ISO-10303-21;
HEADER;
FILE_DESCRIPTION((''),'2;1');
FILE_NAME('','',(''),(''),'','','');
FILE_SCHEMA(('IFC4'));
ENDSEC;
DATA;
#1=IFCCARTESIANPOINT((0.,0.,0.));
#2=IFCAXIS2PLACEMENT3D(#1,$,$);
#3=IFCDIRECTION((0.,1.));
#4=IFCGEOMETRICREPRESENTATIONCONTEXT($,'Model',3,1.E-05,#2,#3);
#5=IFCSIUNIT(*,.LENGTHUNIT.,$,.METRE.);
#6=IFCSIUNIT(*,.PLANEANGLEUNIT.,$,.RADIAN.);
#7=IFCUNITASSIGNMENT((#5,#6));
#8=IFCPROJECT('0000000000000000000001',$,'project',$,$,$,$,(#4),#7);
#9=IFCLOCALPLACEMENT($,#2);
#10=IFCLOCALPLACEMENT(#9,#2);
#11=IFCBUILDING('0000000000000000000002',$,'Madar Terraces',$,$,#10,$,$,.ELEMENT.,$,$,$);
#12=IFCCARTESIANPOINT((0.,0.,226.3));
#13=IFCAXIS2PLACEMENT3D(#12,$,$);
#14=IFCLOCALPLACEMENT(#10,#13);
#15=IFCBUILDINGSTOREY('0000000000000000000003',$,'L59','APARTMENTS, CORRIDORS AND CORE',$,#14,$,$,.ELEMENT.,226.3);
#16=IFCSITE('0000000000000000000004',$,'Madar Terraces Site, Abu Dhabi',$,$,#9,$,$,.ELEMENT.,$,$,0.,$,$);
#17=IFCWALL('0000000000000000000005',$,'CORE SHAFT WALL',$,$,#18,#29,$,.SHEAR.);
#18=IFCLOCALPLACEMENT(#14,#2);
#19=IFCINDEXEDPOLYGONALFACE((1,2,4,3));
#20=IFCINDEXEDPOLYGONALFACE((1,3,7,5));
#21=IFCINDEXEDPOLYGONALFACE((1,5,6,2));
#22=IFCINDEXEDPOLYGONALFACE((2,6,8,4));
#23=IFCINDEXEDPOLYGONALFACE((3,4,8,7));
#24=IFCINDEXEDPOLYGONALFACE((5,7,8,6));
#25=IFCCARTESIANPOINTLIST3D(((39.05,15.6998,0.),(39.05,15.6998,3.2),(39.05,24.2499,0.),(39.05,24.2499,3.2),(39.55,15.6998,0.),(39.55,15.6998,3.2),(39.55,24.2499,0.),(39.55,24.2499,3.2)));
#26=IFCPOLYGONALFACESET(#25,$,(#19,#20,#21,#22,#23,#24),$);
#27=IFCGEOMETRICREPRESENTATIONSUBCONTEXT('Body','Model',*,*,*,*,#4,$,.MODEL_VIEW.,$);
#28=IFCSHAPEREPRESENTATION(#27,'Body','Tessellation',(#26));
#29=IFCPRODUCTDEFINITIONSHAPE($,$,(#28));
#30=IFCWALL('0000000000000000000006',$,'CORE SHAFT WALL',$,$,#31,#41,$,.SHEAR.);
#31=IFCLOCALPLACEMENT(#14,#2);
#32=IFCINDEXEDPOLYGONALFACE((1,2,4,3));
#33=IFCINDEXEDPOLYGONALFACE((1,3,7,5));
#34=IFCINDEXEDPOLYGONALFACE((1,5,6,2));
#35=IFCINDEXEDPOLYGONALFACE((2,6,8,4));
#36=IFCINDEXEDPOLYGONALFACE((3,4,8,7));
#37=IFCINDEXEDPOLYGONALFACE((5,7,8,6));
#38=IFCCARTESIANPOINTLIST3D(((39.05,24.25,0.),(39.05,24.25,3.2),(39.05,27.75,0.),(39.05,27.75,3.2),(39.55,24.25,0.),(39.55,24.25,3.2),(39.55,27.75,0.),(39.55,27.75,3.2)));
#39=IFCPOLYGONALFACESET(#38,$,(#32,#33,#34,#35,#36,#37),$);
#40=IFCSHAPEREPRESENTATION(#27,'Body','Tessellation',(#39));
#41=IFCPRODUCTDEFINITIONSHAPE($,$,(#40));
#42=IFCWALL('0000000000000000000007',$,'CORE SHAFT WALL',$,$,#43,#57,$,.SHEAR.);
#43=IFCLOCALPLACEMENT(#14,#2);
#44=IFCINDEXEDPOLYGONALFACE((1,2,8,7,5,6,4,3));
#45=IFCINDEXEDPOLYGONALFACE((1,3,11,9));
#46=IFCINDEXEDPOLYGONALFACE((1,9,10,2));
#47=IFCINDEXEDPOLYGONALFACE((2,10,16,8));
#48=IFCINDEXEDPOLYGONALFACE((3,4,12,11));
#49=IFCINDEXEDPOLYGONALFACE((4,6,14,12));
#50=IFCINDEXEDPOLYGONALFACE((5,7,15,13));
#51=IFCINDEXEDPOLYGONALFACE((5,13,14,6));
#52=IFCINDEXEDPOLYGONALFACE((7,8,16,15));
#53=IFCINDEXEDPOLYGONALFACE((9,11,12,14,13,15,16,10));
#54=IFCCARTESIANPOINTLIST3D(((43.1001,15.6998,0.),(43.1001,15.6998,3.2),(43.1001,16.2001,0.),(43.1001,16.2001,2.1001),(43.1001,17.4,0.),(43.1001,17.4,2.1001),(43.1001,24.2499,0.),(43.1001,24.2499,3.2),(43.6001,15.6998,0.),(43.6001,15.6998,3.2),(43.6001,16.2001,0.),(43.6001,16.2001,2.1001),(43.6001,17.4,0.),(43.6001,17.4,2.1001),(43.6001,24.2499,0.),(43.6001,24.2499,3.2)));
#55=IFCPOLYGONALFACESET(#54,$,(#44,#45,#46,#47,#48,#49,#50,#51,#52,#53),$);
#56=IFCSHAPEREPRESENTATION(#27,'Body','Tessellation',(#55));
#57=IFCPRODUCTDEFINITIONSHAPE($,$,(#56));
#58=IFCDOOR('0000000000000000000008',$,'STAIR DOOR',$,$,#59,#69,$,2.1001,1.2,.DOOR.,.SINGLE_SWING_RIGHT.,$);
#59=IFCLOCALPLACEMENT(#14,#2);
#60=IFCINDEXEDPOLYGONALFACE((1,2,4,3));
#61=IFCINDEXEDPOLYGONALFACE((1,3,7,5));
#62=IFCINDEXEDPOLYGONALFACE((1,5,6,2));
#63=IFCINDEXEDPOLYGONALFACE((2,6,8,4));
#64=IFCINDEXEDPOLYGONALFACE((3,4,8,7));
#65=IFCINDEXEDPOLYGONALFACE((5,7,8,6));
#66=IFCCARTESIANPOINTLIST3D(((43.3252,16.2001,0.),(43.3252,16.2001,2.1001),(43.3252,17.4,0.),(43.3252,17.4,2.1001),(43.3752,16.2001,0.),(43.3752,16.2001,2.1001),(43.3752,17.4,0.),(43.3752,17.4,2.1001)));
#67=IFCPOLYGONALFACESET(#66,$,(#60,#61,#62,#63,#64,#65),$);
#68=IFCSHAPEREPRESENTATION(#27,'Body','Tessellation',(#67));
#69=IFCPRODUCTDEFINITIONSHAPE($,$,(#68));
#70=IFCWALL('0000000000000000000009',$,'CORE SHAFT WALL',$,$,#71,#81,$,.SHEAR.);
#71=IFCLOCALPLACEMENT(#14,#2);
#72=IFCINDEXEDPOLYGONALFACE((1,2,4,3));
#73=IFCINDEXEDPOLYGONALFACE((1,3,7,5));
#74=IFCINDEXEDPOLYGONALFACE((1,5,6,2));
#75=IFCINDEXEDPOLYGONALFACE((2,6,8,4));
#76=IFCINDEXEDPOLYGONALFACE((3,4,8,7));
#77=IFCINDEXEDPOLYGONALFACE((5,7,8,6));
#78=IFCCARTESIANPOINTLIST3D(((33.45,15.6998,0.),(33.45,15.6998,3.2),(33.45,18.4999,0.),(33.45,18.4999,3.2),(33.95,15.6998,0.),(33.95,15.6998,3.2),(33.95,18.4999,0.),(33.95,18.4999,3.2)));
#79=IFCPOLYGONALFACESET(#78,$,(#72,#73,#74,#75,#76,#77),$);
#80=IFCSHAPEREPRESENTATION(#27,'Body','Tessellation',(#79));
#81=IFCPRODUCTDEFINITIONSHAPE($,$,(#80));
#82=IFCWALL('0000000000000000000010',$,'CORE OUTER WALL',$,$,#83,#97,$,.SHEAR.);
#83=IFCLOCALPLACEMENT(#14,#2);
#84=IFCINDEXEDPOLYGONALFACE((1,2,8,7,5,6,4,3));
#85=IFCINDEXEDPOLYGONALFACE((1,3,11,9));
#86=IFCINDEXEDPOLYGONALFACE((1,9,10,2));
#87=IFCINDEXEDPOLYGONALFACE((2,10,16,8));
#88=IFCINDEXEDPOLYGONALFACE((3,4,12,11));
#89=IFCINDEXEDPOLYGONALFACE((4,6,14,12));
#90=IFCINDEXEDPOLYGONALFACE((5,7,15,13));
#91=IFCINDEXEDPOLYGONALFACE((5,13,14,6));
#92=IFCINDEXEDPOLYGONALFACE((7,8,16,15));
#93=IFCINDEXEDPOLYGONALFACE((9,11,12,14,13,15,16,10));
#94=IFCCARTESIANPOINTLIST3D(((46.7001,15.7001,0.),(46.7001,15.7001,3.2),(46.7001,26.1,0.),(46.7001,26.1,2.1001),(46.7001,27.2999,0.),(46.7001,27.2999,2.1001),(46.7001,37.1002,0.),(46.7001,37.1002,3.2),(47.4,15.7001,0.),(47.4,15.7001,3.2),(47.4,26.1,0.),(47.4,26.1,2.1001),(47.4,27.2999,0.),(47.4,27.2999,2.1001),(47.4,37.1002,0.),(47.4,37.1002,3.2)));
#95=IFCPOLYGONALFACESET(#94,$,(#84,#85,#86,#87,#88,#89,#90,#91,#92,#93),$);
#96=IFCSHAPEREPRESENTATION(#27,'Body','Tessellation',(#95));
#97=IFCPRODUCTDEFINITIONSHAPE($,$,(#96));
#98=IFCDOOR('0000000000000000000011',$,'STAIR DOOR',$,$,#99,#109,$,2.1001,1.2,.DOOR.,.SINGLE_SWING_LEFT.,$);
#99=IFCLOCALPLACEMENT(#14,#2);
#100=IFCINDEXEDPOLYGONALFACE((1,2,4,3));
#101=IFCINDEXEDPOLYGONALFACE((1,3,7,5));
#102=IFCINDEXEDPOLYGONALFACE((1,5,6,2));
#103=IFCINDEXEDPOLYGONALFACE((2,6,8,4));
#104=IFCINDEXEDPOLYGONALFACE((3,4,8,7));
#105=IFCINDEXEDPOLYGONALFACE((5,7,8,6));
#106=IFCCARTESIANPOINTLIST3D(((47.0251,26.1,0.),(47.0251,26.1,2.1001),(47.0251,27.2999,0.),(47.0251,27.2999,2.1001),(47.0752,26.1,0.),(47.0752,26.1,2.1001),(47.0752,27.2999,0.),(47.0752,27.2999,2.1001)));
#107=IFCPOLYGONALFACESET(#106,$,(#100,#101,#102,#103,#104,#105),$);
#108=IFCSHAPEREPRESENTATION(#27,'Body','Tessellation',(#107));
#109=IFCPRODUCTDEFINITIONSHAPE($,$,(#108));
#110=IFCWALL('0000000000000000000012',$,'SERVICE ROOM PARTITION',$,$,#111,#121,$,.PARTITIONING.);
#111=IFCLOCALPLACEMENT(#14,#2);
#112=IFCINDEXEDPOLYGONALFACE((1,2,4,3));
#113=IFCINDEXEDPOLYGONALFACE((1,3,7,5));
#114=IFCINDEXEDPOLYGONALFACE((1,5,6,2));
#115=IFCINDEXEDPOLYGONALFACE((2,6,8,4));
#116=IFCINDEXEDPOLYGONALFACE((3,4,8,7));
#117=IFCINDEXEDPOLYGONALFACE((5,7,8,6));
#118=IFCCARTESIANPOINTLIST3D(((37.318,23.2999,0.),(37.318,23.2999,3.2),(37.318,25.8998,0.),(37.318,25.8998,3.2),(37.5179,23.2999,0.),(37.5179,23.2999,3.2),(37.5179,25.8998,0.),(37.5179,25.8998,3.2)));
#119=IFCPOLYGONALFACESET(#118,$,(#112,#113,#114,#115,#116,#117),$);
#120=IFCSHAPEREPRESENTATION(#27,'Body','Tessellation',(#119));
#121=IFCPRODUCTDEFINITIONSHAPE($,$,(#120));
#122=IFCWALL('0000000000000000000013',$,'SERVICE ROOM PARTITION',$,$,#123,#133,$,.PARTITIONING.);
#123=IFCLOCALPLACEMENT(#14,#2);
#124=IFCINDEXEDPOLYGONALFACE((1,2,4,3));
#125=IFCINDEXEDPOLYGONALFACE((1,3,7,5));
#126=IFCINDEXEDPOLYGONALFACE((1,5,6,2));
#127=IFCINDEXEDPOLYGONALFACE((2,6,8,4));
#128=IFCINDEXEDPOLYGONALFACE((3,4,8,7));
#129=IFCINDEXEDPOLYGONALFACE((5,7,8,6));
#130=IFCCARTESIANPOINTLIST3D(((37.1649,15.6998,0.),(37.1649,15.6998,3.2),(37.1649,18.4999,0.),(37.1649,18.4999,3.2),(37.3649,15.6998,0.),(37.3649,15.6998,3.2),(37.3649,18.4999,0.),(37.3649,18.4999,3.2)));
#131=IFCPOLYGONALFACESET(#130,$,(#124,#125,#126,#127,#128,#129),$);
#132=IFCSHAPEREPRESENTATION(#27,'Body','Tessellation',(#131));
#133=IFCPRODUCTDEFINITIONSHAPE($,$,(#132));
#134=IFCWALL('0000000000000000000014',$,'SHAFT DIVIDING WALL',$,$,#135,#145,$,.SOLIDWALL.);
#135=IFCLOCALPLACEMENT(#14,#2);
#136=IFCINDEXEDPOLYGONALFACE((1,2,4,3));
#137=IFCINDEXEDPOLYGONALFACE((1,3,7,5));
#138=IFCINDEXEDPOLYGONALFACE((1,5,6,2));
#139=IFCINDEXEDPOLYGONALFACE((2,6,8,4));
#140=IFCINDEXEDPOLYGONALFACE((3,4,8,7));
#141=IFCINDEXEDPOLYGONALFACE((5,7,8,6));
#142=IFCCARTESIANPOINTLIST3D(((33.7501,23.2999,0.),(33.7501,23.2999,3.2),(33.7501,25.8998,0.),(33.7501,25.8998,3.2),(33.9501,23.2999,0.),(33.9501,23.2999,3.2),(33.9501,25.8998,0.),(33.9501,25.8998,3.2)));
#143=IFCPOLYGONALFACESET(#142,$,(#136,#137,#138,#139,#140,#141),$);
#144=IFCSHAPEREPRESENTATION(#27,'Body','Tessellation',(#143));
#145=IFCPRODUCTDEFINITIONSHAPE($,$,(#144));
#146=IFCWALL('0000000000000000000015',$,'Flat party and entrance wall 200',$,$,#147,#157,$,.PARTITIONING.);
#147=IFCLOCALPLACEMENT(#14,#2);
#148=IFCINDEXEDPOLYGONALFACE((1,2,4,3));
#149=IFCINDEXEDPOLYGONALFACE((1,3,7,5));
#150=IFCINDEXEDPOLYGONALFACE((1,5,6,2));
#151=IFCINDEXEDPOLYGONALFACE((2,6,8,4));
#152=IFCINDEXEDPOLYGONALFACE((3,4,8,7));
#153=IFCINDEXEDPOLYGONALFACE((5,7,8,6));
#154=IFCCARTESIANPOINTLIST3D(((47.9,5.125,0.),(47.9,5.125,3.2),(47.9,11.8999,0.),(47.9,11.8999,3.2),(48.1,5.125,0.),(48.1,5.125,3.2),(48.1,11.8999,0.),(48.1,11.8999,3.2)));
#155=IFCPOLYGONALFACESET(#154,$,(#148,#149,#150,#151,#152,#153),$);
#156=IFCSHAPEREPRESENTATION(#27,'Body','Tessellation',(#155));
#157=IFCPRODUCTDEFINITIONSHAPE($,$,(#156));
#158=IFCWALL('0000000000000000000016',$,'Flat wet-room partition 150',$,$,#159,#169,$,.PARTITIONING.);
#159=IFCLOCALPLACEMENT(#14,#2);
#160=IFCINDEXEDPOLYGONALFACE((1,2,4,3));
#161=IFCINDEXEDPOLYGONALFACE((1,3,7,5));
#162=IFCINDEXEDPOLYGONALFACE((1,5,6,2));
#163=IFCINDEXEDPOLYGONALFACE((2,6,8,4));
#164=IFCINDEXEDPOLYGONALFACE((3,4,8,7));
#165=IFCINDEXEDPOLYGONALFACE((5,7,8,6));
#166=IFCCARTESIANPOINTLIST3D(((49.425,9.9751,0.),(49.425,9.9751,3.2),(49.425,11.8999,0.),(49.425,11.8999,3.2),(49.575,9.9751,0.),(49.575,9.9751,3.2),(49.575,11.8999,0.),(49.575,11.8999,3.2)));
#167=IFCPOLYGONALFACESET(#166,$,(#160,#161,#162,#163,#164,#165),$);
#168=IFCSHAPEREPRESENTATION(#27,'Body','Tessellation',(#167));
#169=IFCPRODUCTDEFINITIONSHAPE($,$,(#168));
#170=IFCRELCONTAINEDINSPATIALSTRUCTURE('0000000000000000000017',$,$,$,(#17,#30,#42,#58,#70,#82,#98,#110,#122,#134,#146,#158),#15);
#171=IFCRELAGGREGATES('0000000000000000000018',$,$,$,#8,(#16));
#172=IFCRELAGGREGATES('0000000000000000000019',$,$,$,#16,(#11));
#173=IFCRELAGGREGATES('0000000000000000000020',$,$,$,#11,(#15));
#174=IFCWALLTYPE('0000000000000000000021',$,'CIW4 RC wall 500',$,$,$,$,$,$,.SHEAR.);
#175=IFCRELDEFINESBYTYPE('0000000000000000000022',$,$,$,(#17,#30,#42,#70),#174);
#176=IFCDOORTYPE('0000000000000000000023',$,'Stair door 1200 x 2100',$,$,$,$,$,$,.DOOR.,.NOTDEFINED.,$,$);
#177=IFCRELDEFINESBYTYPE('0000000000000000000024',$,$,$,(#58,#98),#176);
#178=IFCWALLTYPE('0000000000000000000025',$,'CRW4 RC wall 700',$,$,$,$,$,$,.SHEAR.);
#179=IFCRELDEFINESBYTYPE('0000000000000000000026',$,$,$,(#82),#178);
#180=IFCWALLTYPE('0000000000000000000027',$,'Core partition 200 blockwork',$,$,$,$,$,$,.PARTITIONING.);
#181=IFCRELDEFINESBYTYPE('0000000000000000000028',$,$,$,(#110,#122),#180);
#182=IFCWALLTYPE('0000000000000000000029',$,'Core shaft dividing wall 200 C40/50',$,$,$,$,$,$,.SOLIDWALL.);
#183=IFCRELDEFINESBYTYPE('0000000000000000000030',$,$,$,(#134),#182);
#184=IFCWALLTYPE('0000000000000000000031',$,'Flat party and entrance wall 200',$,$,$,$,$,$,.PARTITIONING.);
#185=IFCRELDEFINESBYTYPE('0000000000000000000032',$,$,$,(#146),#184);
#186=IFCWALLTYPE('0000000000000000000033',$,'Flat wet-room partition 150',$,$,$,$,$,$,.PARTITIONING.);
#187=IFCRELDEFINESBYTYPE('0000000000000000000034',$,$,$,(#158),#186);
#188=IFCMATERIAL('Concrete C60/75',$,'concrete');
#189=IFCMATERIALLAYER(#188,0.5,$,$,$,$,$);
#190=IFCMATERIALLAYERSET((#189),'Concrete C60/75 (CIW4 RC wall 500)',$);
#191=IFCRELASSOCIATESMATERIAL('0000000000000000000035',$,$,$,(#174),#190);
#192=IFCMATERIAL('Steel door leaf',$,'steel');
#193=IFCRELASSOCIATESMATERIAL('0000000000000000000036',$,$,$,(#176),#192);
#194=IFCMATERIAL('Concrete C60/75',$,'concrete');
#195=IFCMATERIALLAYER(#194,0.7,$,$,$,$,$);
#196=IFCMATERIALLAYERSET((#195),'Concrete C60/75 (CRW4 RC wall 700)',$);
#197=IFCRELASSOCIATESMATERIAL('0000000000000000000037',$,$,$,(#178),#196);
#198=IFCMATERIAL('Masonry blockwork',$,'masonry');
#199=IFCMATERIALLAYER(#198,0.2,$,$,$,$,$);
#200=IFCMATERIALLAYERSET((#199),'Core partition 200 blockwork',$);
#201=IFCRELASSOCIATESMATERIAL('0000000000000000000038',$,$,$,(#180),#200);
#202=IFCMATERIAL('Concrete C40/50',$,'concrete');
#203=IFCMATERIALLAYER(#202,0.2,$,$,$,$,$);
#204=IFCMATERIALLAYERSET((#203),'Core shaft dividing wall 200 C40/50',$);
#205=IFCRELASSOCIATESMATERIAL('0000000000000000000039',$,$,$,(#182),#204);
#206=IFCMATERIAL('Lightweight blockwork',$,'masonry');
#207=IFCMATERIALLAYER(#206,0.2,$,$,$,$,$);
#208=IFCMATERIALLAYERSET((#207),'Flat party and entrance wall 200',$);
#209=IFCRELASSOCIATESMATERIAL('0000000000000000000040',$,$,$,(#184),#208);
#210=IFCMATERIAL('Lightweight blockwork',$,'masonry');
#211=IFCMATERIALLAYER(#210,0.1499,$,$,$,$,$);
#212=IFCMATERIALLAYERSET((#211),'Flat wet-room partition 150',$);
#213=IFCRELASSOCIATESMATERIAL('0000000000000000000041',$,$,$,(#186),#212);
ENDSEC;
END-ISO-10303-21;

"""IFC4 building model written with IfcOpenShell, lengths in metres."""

from ifc_helpers import new_model, si_unit, direction, frame, frame_2d, origin, place, context, subcontext, project, spatial, rectangle, extrude, material, layer, layer_set, type_object, element, fill, save


model = new_model("IFC4")

# Units and contexts
model_context = context("Model", 3, precision=1e-05, world=origin(), true_north=direction((0.0, 1.0)))
body_context = subcontext(model_context, "Body", "Model", "MODEL_VIEW")
ifc_project = project(units=[si_unit("LENGTHUNIT", "METRE"), si_unit("PLANEANGLEUNIT", "RADIAN")], contexts=[model_context])

# Site, building, storey
site_placement = place(None, origin())
site = spatial("IfcSite", under=ifc_project, at=site_placement, Name="Madar Terraces Site, Abu Dhabi", CompositionType="ELEMENT", RefElevation=0.0)
building_placement = place(site_placement, origin())
building = spatial("IfcBuilding", under=site, at=building_placement, Name="Madar Terraces", CompositionType="ELEMENT")
storey_placement = place(building_placement, frame((0.0, 0.0, 226.3)))
storey = spatial("IfcBuildingStorey", under=building, at=storey_placement, Name="L59", Description="APARTMENTS, CORRIDORS AND CORE", CompositionType="ELEMENT", Elevation=226.3)

# Walls
ifc_material_1 = material(Name="Concrete C60/75", Category="concrete")
ifc_layer_1 = layer(ifc_material_1, 0.5)
ifc_layer_set_1 = layer_set([ifc_layer_1], Name="Concrete C60/75 (CIW4 RC wall 500)")
wall_type_1 = type_object("IfcWallType", Name="CIW4 RC wall 500", PredefinedType="SHEAR", material=ifc_layer_set_1)
wall_1_placement = place(storey_placement, frame((39.3, 15.7, 0.0), z_axis=(0.0, 0.0, 1.0), x_axis=(0.0, 1.0, 0.0)))
element("IfcWall", 1, at=wall_1_placement, inside=storey, type_object=wall_type_1, Name="CORE SHAFT WALL", PredefinedType="SHEAR", context=body_context, shape_type="SweptSolid", body=[
    extrude(rectangle(XDim=8.55, YDim=0.5, at=frame_2d((4.2749, 0.0))), origin(), (0.0, 0.0, 1.0), 3.2),
])
wall_2_placement = place(storey_placement, frame((39.3, 24.25, 0.0), z_axis=(0.0, 0.0, 1.0), x_axis=(0.0, 1.0, 0.0)))
element("IfcWall", 2, at=wall_2_placement, inside=storey, type_object=wall_type_1, Name="CORE SHAFT WALL", PredefinedType="SHEAR", context=body_context, shape_type="SweptSolid", body=[
    extrude(rectangle(XDim=3.5, YDim=0.5, at=frame_2d((1.75, 0.0))), origin(), (0.0, 0.0, 1.0), 3.2),
])

# Wall, opening, door
wall_3_placement = place(storey_placement, frame((43.3501, 15.7, 0.0), z_axis=(0.0, 0.0, 1.0), x_axis=(0.0, 1.0, 0.0)))
wall_3 = element("IfcWall", 3, at=wall_3_placement, inside=storey, type_object=wall_type_1, Name="CORE SHAFT WALL", PredefinedType="SHEAR", context=body_context, shape_type="SweptSolid", body=[
    extrude(rectangle(XDim=8.55, YDim=0.5, at=frame_2d((4.2749, 0.0))), origin(), (0.0, 0.0, 1.0), 3.2),
])
opening_1_placement = place(wall_3_placement, frame((0.5, 0.0, 0.0)))
opening_1 = element("IfcOpeningElement", 4, at=opening_1_placement, cuts=wall_3, PredefinedType="OPENING", context=body_context, shape_type="SweptSolid", body=[
    extrude(rectangle(XDim=1.2, YDim=2.1001, at=frame_2d((0.6001, 1.05))), frame((0.0, 0.26, 0.0), z_axis=(0.0, -1.0, 0.0), x_axis=(1.0, 0.0, 0.0)), (0.0, 0.0, 1.0), 0.52),
])
ifc_material_2 = material(Name="Steel door leaf", Category="steel")
door_type = type_object("IfcDoorType", Name="Stair door 1200 x 2100", OperationType="NOTDEFINED", PredefinedType="DOOR", material=ifc_material_2)
door_1_placement = place(opening_1_placement, origin())
door_1 = element("IfcDoor", 5, at=door_1_placement, inside=storey, type_object=door_type, Name="STAIR DOOR", OperationType="SINGLE_SWING_RIGHT", OverallHeight=2.1001, OverallWidth=1.2, PredefinedType="DOOR", context=body_context, shape_type="SweptSolid", body=[
    extrude(rectangle(XDim=1.2, YDim=2.1001, at=frame_2d((0.6001, 1.05))), frame((0.0, 0.0249, 0.0), z_axis=(0.0, -1.0, 0.0), x_axis=(1.0, 0.0, 0.0)), (0.0, 0.0, 1.0), 0.05),
])
fill(opening_1, door_1)

# Wall
wall_4_placement = place(storey_placement, frame((33.7, 15.7, 0.0), z_axis=(0.0, 0.0, 1.0), x_axis=(0.0, 1.0, 0.0)))
element("IfcWall", 6, at=wall_4_placement, inside=storey, type_object=wall_type_1, Name="CORE SHAFT WALL", PredefinedType="SHEAR", context=body_context, shape_type="SweptSolid", body=[
    extrude(rectangle(XDim=2.8, YDim=0.5, at=frame_2d((1.3999, 0.0))), origin(), (0.0, 0.0, 1.0), 3.2),
])

# Wall, opening, door
ifc_material_3 = material(Name="Concrete C60/75", Category="concrete")
ifc_layer_2 = layer(ifc_material_3, 0.7)
ifc_layer_set_2 = layer_set([ifc_layer_2], Name="Concrete C60/75 (CRW4 RC wall 700)")
wall_type_2 = type_object("IfcWallType", Name="CRW4 RC wall 700", PredefinedType="SHEAR", material=ifc_layer_set_2)
wall_5_placement = place(storey_placement, frame((47.05, 15.7, 0.0), z_axis=(0.0, 0.0, 1.0), x_axis=(0.0, 1.0, 0.0)))
wall_5 = element("IfcWall", 7, at=wall_5_placement, inside=storey, type_object=wall_type_2, Name="CORE OUTER WALL", PredefinedType="SHEAR", context=body_context, shape_type="SweptSolid", body=[
    extrude(rectangle(XDim=21.4001, YDim=0.7, at=frame_2d((10.7002, 0.0))), origin(), (0.0, 0.0, 1.0), 3.2),
])
opening_2_placement = place(wall_5_placement, frame((10.3999, 0.0, 0.0)))
opening_2 = element("IfcOpeningElement", 8, at=opening_2_placement, cuts=wall_5, PredefinedType="OPENING", context=body_context, shape_type="SweptSolid", body=[
    extrude(rectangle(XDim=1.2, YDim=2.1001, at=frame_2d((0.6001, 1.05))), frame((0.0, 0.3599, 0.0), z_axis=(0.0, -1.0, 0.0), x_axis=(1.0, 0.0, 0.0)), (0.0, 0.0, 1.0), 0.72),
])
door_2_placement = place(opening_2_placement, origin())
door_2 = element("IfcDoor", 9, at=door_2_placement, inside=storey, type_object=door_type, Name="STAIR DOOR", OperationType="SINGLE_SWING_LEFT", OverallHeight=2.1001, OverallWidth=1.2, PredefinedType="DOOR", context=body_context, shape_type="SweptSolid", body=[
    extrude(rectangle(XDim=1.2, YDim=2.1001, at=frame_2d((0.6001, 1.05))), frame((0.0, 0.0249, 0.0), z_axis=(0.0, -1.0, 0.0), x_axis=(1.0, 0.0, 0.0)), (0.0, 0.0, 1.0), 0.05),
])
fill(opening_2, door_2)

# Walls
ifc_material_4 = material(Name="Masonry blockwork", Category="masonry")
ifc_layer_3 = layer(ifc_material_4, 0.2)
ifc_layer_set_3 = layer_set([ifc_layer_3], Name="Core partition 200 blockwork")
wall_type_3 = type_object("IfcWallType", Name="Core partition 200 blockwork", PredefinedType="PARTITIONING", material=ifc_layer_set_3)
wall_6_placement = place(storey_placement, frame((37.418, 23.3, 0.0), z_axis=(0.0, 0.0, 1.0), x_axis=(0.0, 1.0, 0.0)))
element("IfcWall", 10, at=wall_6_placement, inside=storey, type_object=wall_type_3, Name="SERVICE ROOM PARTITION", PredefinedType="PARTITIONING", context=body_context, shape_type="SweptSolid", body=[
    extrude(rectangle(XDim=2.5999, YDim=0.2, at=frame_2d((1.2998, 0.0))), origin(), (0.0, 0.0, 1.0), 3.2),
])
wall_7_placement = place(storey_placement, frame((37.2649, 15.7, 0.0), z_axis=(0.0, 0.0, 1.0), x_axis=(0.0, 1.0, 0.0)))
element("IfcWall", 11, at=wall_7_placement, inside=storey, type_object=wall_type_3, Name="SERVICE ROOM PARTITION", PredefinedType="PARTITIONING", context=body_context, shape_type="SweptSolid", body=[
    extrude(rectangle(XDim=2.8, YDim=0.2, at=frame_2d((1.3999, 0.0))), origin(), (0.0, 0.0, 1.0), 3.2),
])
ifc_material_5 = material(Name="Concrete C40/50", Category="concrete")
ifc_layer_4 = layer(ifc_material_5, 0.2)
ifc_layer_set_4 = layer_set([ifc_layer_4], Name="Core shaft dividing wall 200 C40/50")
wall_type_4 = type_object("IfcWallType", Name="Core shaft dividing wall 200 C40/50", PredefinedType="SOLIDWALL", material=ifc_layer_set_4)
wall_8_placement = place(storey_placement, frame((33.8501, 23.3, 0.0), z_axis=(0.0, 0.0, 1.0), x_axis=(0.0, 1.0, 0.0)))
element("IfcWall", 12, at=wall_8_placement, inside=storey, type_object=wall_type_4, Name="SHAFT DIVIDING WALL", PredefinedType="SOLIDWALL", context=body_context, shape_type="SweptSolid", body=[
    extrude(rectangle(XDim=2.5999, YDim=0.2, at=frame_2d((1.2998, 0.0))), origin(), (0.0, 0.0, 1.0), 3.2),
])
ifc_material_6 = material(Name="Lightweight blockwork", Category="masonry")
ifc_layer_5 = layer(ifc_material_6, 0.2)
ifc_layer_set_5 = layer_set([ifc_layer_5], Name="Flat party and entrance wall 200")
wall_type_5 = type_object("IfcWallType", Name="Flat party and entrance wall 200", PredefinedType="PARTITIONING", material=ifc_layer_set_5)
wall_9_placement = place(storey_placement, frame((48.0, 11.8999, 0.0), z_axis=(0.0, 0.0, 1.0), x_axis=(0.0, -1.0, 0.0)))
element("IfcWall", 13, at=wall_9_placement, inside=storey, type_object=wall_type_5, Name="Flat party and entrance wall 200", PredefinedType="PARTITIONING", context=body_context, shape_type="SweptSolid", body=[
    extrude(rectangle(XDim=6.7749, YDim=0.2, at=frame_2d((3.3875, 0.0))), origin(), (0.0, 0.0, 1.0), 3.2),
])
ifc_material_7 = material(Name="Lightweight blockwork", Category="masonry")
ifc_layer_6 = layer(ifc_material_7, 0.1499)
ifc_layer_set_6 = layer_set([ifc_layer_6], Name="Flat wet-room partition 150")
wall_type_6 = type_object("IfcWallType", Name="Flat wet-room partition 150", PredefinedType="PARTITIONING", material=ifc_layer_set_6)
wall_10_placement = place(storey_placement, frame((49.5, 11.8999, 0.0), z_axis=(0.0, 0.0, 1.0), x_axis=(0.0, -1.0, 0.0)))
element("IfcWall", 14, at=wall_10_placement, inside=storey, type_object=wall_type_6, Name="Flat wet-room partition 150", PredefinedType="PARTITIONING", context=body_context, shape_type="SweptSolid", body=[
    extrude(rectangle(XDim=1.9248, YDim=0.1499, at=frame_2d((0.9624, 0.0))), origin(), (0.0, 0.0, 1.0), 3.2),
])

save(model, "model.ifc")
